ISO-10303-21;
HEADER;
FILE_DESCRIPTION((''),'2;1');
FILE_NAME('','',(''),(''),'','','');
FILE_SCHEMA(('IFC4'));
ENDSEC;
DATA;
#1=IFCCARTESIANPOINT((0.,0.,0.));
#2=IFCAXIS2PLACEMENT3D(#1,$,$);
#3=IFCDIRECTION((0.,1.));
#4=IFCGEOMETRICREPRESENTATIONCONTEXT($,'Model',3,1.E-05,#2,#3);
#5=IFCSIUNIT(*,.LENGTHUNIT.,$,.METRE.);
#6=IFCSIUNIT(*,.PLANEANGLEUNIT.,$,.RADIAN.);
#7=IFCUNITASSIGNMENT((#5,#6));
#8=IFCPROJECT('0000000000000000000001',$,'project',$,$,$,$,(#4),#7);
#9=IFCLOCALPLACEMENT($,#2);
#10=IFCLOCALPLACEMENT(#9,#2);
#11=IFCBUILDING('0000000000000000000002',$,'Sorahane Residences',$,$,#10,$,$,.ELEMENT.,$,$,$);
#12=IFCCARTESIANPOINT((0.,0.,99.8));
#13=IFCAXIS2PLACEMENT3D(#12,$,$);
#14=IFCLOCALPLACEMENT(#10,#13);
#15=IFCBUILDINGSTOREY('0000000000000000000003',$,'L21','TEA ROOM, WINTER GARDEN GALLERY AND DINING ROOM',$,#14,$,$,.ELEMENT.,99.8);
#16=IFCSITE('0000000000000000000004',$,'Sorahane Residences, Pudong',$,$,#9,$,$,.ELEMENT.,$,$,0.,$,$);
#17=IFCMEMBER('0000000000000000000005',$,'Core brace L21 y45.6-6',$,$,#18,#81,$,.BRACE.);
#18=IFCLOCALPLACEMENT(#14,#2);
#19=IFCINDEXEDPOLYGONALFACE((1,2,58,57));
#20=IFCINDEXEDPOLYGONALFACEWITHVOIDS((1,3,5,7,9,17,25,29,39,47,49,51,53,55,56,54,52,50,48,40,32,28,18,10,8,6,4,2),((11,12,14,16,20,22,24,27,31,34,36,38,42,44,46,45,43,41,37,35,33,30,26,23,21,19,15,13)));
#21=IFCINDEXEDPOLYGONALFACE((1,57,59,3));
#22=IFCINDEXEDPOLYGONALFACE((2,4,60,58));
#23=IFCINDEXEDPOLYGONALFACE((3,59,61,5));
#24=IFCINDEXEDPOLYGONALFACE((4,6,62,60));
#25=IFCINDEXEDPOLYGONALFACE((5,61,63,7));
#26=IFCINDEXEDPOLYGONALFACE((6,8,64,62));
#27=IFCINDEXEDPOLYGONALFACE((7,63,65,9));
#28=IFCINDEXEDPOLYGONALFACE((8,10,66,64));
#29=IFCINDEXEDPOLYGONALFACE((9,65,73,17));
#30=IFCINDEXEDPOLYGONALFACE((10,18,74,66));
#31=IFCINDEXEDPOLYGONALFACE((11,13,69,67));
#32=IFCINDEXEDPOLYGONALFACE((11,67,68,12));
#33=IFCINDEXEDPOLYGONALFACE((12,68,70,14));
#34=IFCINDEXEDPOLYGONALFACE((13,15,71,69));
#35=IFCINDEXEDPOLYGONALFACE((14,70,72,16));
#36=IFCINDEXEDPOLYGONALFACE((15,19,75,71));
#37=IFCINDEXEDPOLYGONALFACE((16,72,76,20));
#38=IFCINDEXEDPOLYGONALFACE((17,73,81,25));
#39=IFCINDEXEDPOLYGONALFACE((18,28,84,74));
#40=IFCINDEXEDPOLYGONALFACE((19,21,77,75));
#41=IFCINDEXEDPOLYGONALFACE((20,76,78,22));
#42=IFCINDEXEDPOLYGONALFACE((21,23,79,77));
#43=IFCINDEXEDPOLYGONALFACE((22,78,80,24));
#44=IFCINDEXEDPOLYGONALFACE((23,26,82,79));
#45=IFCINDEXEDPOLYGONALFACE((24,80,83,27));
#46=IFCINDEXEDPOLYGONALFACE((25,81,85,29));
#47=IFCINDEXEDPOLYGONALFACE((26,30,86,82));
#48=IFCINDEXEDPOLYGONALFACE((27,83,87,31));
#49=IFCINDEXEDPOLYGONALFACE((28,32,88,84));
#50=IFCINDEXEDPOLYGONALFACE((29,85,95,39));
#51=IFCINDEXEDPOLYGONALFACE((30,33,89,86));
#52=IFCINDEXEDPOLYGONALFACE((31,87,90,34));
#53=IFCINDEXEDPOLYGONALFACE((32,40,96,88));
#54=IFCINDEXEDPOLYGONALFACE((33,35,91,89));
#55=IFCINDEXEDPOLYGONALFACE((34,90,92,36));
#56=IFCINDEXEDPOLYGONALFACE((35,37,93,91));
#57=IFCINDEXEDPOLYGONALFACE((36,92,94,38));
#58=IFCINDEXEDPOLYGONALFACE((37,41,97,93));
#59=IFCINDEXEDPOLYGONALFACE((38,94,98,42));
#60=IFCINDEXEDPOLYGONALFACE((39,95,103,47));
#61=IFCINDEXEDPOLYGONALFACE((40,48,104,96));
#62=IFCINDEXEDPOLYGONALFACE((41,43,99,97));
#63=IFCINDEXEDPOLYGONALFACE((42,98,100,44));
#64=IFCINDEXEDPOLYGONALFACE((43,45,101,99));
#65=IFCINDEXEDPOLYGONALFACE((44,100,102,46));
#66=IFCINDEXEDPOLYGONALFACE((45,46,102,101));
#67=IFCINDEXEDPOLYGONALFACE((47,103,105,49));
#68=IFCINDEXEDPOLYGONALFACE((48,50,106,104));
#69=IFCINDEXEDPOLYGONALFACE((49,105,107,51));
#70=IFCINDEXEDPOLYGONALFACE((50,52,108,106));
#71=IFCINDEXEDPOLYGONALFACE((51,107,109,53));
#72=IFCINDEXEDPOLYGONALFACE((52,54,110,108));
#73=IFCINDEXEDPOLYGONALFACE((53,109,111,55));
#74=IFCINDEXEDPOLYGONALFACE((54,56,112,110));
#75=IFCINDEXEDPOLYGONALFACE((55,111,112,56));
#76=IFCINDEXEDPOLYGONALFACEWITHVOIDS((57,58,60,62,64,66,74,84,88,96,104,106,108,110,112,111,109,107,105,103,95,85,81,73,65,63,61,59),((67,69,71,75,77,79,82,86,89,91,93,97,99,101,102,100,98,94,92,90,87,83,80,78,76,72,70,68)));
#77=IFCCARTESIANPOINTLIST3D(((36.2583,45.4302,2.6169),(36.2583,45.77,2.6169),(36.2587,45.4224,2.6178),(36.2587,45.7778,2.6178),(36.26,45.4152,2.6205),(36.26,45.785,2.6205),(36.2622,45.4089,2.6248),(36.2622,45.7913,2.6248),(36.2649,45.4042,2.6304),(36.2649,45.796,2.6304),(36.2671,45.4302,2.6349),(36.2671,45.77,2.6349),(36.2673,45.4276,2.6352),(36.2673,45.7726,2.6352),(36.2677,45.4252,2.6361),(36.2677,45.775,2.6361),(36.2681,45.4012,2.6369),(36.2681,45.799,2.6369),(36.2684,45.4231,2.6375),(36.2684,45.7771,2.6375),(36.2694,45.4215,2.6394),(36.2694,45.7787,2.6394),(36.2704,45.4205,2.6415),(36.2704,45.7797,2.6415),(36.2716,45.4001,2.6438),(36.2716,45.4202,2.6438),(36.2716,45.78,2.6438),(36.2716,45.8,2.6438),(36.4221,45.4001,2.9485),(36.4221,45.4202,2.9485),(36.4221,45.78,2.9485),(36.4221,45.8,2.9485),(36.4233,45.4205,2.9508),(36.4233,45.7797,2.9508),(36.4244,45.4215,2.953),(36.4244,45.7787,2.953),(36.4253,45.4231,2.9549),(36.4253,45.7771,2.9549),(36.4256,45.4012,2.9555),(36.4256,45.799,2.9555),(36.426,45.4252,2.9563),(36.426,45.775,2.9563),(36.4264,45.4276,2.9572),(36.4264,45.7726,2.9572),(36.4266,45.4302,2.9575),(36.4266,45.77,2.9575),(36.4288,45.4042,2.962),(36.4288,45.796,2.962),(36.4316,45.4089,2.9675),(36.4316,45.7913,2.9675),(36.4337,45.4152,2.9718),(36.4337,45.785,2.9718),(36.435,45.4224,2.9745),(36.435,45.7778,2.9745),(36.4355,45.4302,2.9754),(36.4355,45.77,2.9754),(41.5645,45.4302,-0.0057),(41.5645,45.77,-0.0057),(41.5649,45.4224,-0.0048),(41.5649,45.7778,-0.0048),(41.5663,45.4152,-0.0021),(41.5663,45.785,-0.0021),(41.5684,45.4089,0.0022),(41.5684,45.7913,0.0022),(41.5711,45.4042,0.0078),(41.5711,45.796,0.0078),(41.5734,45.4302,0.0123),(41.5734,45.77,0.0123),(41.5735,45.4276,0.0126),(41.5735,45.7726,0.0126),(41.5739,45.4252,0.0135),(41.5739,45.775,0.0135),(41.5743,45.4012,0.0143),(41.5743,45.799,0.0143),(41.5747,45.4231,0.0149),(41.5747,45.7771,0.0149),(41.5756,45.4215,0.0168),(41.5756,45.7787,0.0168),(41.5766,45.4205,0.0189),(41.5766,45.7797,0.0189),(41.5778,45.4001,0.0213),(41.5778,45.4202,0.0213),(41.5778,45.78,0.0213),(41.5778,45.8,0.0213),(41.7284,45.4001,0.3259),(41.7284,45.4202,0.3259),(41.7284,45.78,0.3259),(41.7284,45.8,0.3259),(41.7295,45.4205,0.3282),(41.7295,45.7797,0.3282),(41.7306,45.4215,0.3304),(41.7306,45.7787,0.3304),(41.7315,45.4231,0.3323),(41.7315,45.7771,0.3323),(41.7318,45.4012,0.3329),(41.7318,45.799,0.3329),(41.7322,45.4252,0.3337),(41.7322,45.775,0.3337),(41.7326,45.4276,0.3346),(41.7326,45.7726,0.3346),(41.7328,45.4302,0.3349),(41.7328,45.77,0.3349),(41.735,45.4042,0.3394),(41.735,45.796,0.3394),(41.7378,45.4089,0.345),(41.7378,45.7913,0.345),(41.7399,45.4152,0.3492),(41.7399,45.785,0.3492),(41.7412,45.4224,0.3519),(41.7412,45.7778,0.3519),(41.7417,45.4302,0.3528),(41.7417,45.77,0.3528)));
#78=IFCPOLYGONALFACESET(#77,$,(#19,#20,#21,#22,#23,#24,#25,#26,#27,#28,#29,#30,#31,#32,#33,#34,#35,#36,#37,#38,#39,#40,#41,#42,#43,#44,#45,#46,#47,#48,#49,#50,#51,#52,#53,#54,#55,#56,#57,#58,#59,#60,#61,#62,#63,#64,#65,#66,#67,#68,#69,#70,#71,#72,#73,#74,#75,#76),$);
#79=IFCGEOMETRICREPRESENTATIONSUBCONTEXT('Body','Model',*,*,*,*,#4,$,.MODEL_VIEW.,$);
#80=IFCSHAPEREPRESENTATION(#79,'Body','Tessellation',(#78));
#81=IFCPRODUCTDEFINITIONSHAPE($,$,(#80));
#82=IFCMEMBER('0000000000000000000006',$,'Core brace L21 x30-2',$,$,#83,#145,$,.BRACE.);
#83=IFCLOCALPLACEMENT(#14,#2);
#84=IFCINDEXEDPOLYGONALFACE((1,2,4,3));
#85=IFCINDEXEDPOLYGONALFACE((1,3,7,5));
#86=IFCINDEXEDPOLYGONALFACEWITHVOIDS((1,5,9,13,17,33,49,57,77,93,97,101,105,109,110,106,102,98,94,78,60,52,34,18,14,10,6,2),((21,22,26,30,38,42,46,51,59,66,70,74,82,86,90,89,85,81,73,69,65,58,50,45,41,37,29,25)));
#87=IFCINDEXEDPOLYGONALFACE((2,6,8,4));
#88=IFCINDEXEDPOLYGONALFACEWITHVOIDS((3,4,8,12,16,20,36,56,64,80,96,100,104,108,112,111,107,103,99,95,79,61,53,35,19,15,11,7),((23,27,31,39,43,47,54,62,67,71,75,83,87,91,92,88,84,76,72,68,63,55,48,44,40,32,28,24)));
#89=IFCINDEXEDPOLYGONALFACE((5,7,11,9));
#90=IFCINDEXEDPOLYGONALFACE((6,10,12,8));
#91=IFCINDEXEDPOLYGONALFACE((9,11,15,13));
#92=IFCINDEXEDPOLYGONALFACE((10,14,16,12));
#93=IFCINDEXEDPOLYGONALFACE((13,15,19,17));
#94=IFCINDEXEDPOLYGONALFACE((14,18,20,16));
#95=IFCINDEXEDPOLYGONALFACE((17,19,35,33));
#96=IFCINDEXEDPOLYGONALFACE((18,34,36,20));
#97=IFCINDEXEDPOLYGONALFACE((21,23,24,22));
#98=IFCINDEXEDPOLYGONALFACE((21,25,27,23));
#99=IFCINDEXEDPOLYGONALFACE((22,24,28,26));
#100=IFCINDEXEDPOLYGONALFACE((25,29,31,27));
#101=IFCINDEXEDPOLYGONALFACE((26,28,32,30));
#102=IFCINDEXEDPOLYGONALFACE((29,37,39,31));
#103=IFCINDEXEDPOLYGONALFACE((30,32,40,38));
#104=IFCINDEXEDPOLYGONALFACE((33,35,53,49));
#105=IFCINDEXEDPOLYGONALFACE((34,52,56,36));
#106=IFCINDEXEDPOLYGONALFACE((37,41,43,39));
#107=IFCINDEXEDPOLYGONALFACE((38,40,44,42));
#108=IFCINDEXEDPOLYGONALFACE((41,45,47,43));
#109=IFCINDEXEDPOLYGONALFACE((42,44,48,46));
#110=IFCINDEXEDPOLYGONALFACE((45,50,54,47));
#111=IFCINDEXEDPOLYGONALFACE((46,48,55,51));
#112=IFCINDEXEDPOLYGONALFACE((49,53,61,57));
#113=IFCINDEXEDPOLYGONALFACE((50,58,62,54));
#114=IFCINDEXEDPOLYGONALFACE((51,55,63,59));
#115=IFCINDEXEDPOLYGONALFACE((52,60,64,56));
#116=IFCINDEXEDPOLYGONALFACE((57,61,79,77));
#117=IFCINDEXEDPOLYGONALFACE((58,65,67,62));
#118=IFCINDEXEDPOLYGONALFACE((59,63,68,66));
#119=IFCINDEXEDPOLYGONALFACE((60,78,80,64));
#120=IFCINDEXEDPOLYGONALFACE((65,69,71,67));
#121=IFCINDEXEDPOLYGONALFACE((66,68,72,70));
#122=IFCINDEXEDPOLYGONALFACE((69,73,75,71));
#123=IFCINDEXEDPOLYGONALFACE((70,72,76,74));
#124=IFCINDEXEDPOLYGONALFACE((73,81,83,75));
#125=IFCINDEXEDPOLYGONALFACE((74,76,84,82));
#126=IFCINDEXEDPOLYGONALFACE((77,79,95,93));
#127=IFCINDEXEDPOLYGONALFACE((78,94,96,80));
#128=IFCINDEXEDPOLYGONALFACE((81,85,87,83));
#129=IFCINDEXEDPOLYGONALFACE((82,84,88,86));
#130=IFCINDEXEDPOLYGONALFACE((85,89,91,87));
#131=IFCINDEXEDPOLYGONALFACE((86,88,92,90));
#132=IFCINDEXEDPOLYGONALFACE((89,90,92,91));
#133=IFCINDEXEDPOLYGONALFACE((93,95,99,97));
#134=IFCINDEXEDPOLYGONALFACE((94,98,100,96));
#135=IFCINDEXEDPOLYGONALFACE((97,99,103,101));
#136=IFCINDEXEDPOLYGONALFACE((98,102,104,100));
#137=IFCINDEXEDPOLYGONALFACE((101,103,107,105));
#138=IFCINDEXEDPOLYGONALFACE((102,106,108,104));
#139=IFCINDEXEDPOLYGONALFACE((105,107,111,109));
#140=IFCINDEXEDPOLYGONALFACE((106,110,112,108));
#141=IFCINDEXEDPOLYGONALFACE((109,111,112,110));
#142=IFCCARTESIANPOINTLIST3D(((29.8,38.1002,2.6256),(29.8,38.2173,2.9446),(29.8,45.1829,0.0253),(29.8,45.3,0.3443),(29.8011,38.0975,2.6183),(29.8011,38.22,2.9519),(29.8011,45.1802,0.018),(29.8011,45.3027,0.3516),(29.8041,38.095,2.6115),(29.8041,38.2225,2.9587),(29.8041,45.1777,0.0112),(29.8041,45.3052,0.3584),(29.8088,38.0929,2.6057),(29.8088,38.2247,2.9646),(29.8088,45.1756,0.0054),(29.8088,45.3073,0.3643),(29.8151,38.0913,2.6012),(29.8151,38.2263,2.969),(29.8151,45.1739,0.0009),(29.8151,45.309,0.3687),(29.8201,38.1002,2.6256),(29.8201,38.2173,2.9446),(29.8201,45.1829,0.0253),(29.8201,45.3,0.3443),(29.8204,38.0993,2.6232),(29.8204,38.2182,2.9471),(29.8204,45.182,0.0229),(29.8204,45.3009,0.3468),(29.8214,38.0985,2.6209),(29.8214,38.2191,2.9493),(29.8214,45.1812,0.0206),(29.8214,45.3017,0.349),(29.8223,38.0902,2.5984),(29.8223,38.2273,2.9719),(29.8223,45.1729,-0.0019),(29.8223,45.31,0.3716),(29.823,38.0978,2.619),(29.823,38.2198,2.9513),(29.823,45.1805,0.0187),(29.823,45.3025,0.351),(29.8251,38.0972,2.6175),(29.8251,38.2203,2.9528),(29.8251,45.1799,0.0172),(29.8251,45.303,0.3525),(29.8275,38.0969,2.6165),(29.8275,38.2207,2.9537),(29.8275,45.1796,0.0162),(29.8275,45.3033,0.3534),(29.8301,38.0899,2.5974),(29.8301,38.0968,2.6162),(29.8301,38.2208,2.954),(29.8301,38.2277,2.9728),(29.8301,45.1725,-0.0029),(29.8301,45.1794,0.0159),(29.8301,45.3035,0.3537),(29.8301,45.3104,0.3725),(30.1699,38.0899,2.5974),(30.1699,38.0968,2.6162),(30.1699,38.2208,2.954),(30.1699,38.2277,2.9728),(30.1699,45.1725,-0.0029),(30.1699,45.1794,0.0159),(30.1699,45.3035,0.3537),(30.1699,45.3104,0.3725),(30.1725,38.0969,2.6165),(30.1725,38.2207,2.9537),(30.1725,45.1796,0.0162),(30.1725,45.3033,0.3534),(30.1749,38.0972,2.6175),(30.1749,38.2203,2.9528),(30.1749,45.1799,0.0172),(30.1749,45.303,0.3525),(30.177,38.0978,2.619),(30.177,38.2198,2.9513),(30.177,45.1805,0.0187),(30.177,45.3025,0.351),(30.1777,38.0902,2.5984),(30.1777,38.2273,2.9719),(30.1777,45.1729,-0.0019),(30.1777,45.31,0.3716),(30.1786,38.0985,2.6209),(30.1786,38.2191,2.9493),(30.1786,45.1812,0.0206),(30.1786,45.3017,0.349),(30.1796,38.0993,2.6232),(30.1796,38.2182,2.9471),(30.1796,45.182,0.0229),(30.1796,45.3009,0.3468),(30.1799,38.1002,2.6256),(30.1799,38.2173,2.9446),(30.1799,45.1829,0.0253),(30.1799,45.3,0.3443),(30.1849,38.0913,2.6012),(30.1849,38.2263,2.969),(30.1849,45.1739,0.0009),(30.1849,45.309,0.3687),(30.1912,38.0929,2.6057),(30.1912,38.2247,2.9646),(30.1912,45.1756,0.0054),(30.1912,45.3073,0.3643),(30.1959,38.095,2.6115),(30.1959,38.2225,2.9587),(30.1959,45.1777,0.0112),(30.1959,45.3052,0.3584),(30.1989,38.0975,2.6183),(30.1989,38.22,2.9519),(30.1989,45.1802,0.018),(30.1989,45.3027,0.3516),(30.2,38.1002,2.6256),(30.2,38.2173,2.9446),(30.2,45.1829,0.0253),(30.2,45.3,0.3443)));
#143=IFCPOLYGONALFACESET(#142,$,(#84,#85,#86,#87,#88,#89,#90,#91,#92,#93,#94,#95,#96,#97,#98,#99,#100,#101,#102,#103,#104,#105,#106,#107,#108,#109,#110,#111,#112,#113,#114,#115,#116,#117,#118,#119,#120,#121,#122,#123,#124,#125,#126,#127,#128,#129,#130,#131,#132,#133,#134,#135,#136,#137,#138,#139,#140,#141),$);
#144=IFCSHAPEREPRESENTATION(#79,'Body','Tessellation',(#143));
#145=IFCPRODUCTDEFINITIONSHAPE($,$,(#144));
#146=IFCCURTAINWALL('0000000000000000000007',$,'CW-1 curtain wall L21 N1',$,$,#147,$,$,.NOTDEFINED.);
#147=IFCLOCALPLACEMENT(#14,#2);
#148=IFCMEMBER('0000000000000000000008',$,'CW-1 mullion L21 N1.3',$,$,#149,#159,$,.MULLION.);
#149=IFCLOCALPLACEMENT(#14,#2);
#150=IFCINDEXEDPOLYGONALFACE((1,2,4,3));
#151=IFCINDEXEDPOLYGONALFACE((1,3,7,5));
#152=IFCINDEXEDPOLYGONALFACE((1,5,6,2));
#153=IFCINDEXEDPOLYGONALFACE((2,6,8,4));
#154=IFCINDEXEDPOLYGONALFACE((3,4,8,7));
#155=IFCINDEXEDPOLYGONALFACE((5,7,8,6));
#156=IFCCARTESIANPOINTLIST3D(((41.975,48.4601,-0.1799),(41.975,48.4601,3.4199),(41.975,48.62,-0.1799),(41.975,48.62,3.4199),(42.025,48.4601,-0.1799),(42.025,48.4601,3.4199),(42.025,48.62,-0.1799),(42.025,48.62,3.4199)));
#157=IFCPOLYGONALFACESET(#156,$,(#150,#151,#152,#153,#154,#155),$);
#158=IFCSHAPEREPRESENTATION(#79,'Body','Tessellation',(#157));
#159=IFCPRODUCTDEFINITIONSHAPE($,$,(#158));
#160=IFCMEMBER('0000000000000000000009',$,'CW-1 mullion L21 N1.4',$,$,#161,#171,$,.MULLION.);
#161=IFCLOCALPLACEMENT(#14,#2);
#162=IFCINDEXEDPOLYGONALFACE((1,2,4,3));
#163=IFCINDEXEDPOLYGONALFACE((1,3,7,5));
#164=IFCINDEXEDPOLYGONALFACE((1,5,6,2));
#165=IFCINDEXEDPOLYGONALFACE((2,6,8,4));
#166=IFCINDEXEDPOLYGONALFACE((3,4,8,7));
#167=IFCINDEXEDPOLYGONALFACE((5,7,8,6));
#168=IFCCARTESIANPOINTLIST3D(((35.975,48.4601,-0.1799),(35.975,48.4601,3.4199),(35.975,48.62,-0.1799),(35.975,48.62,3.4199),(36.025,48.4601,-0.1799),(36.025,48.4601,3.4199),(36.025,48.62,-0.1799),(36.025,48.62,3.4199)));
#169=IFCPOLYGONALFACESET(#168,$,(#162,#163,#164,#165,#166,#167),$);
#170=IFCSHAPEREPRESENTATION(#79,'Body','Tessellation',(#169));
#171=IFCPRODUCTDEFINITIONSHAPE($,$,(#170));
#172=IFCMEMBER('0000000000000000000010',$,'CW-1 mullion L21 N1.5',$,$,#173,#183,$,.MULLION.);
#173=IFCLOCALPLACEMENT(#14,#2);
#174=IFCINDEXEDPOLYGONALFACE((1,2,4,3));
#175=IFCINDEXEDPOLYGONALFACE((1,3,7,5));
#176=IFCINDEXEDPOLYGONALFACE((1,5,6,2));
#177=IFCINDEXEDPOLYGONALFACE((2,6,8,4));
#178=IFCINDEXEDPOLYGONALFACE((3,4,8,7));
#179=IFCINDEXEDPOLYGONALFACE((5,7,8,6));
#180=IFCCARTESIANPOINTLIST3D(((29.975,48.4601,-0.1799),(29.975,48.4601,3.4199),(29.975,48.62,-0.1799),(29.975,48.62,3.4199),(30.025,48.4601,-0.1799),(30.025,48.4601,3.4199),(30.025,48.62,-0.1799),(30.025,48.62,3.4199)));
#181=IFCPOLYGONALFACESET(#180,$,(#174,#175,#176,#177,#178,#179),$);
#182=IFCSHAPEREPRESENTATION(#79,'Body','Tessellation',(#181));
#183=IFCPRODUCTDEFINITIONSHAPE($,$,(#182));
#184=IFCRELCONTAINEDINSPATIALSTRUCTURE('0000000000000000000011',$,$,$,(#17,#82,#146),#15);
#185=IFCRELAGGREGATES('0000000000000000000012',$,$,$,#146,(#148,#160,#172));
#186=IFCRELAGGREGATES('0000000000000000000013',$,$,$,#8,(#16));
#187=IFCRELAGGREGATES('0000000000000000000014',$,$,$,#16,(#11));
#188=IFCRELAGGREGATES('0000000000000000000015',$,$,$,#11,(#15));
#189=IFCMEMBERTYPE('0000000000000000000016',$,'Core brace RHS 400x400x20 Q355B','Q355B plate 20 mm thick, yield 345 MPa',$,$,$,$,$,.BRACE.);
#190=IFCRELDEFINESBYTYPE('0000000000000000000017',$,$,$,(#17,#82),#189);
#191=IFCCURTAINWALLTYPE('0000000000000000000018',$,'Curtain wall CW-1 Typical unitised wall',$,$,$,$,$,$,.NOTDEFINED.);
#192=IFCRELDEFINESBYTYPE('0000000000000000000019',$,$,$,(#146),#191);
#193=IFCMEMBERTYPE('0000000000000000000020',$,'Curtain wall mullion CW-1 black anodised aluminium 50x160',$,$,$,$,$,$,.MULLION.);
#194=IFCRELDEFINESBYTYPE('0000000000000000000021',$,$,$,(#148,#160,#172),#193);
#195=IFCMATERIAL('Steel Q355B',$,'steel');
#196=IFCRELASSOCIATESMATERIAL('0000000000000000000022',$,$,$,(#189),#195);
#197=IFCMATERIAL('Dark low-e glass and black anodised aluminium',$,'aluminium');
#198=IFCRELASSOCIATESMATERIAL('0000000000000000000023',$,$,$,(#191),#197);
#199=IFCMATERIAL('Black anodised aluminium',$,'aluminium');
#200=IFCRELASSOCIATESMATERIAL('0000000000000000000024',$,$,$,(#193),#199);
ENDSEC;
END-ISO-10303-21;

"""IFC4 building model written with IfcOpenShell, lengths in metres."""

from ifc_helpers import new_model, si_unit, direction, frame, origin, origin_2d, place, context, subcontext, project, spatial, rectangle, hollow_rectangle, extrude, material, material_profile, profile_set, type_object, element, aggregate, save


model = new_model("IFC4")

# Units and contexts
model_context = context("Model", 3, precision=1e-05, world=origin(), true_north=direction((0.0, 1.0)))
body_context = subcontext(model_context, "Body", "Model", "MODEL_VIEW")
ifc_project = project(units=[si_unit("LENGTHUNIT", "METRE"), si_unit("PLANEANGLEUNIT", "RADIAN")], contexts=[model_context])

# Site, building, storey
site_placement = place(None, origin())
site = spatial("IfcSite", under=ifc_project, at=site_placement, Name="Sorahane Residences, Pudong", CompositionType="ELEMENT", RefElevation=0.0)
building_placement = place(site_placement, origin())
building = spatial("IfcBuilding", under=site, at=building_placement, Name="Sorahane Residences", CompositionType="ELEMENT")
storey_placement = place(building_placement, frame((0.0, 0.0, 99.8)))
storey = spatial("IfcBuildingStorey", under=building, at=storey_placement, Name="L21", Description="TEA ROOM, WINTER GARDEN GALLERY AND DINING ROOM", CompositionType="ELEMENT", Elevation=99.8)

# Members
ifc_material_1 = material(Name="Steel Q355B", Category="steel")
ifc_material_profile_1 = material_profile(ifc_material_1, hollow_rectangle(XDim=0.3999, YDim=0.3999, WallThickness=0.02, InnerFilletRadius=0.01, OuterFilletRadius=0.03, at=origin_2d()), Name="RHS 400x400x20")
ifc_profile_set_1 = profile_set([ifc_material_profile_1], Name="Steel Q355B")
member_type_1 = type_object("IfcMemberType", Name="Core brace RHS 400x400x20 Q355B", Description="Q355B plate 20 mm thick, yield 345 MPa", PredefinedType="BRACE", material=ifc_profile_set_1)
for number, where, z_axis, x_axis, name in (
    (1, (41.6531, 45.6001, 0.1736), (-0.89648, 0.0, 0.443084), (0.0, -1.0, 0.0), "Core brace L21 y45.6-6"),
):
    element("IfcMember", number, at=place(storey_placement, frame(where, z_axis=z_axis, x_axis=x_axis)), inside=storey, type_object=member_type_1, Name=name, PredefinedType="BRACE", context=body_context, shape_type="SweptSolid", body=[
        extrude(hollow_rectangle(XDim=0.3999, YDim=0.3999, WallThickness=0.02, InnerFilletRadius=0.01, OuterFilletRadius=0.03, at=origin_2d()), origin(), (0.0, 0.0, 1.0), 5.9189),
    ])
member_1_placement = place(storey_placement, frame((30.0, 45.2415, 0.1848), z_axis=(0.0, -0.938734, 0.344643), x_axis=(1.0, 0.0, 0.0)))
element("IfcMember", 2, at=member_1_placement, inside=storey, type_object=member_type_1, Name="Core brace L21 x30-2", PredefinedType="BRACE", context=body_context, shape_type="SweptSolid", body=[
    extrude(hollow_rectangle(XDim=0.3999, YDim=0.3999, WallThickness=0.02, InnerFilletRadius=0.01, OuterFilletRadius=0.03, at=origin_2d()), origin(), (0.0, 0.0, 1.0), 7.5449),
])

# Curtain wall, members
ifc_material_2 = material(Name="Dark low-e glass and black anodised aluminium", Category="aluminium")
curtain_wall_type = type_object("IfcCurtainWallType", Name="Curtain wall CW-1 Typical unitised wall", PredefinedType="NOTDEFINED", material=ifc_material_2)
curtain_wall_placement = place(storey_placement, origin())
curtain_wall = element("IfcCurtainWall", 3, at=curtain_wall_placement, inside=storey, type_object=curtain_wall_type, Name="CW-1 curtain wall L21 N1", PredefinedType="NOTDEFINED")
ifc_material_3 = material(Name="Black anodised aluminium", Category="aluminium")
ifc_material_profile_2 = material_profile(ifc_material_3, rectangle(XDim=0.1599, YDim=0.05, at=origin_2d()), Name="Curtain wall mullion CW-1 black anodised aluminium 50x160")
ifc_profile_set_2 = profile_set([ifc_material_profile_2], Name="Black anodised aluminium")
member_type_2 = type_object("IfcMemberType", Name="Curtain wall mullion CW-1 black anodised aluminium 50x160", PredefinedType="MULLION", material=ifc_profile_set_2)
member_2_placement = place(storey_placement, frame((42.0, 48.54, -0.1799), z_axis=(0.0, 0.0, 1.0), x_axis=(0.0, 1.0, 0.0)))
member_2 = element("IfcMember", 4, at=member_2_placement, type_object=member_type_2, Name="CW-1 mullion L21 N1.3", PredefinedType="MULLION", context=body_context, shape_type="SweptSolid", body=[
    extrude(rectangle(XDim=0.1599, YDim=0.05, at=origin_2d()), origin(), (0.0, 0.0, 1.0), 3.5999),
])
member_3_placement = place(storey_placement, frame((36.0, 48.54, -0.1799), z_axis=(0.0, 0.0, 1.0), x_axis=(0.0, 1.0, 0.0)))
member_3 = element("IfcMember", 5, at=member_3_placement, type_object=member_type_2, Name="CW-1 mullion L21 N1.4", PredefinedType="MULLION", context=body_context, shape_type="SweptSolid", body=[
    extrude(rectangle(XDim=0.1599, YDim=0.05, at=origin_2d()), origin(), (0.0, 0.0, 1.0), 3.5999),
])
member_4_placement = place(storey_placement, frame((30.0, 48.54, -0.1799), z_axis=(0.0, 0.0, 1.0), x_axis=(0.0, 1.0, 0.0)))
member_4 = element("IfcMember", 6, at=member_4_placement, type_object=member_type_2, Name="CW-1 mullion L21 N1.5", PredefinedType="MULLION", context=body_context, shape_type="SweptSolid", body=[
    extrude(rectangle(XDim=0.1599, YDim=0.05, at=origin_2d()), origin(), (0.0, 0.0, 1.0), 3.5999),
])

aggregate(curtain_wall, [member_2, member_3, member_4])

save(model, "model.ifc")
